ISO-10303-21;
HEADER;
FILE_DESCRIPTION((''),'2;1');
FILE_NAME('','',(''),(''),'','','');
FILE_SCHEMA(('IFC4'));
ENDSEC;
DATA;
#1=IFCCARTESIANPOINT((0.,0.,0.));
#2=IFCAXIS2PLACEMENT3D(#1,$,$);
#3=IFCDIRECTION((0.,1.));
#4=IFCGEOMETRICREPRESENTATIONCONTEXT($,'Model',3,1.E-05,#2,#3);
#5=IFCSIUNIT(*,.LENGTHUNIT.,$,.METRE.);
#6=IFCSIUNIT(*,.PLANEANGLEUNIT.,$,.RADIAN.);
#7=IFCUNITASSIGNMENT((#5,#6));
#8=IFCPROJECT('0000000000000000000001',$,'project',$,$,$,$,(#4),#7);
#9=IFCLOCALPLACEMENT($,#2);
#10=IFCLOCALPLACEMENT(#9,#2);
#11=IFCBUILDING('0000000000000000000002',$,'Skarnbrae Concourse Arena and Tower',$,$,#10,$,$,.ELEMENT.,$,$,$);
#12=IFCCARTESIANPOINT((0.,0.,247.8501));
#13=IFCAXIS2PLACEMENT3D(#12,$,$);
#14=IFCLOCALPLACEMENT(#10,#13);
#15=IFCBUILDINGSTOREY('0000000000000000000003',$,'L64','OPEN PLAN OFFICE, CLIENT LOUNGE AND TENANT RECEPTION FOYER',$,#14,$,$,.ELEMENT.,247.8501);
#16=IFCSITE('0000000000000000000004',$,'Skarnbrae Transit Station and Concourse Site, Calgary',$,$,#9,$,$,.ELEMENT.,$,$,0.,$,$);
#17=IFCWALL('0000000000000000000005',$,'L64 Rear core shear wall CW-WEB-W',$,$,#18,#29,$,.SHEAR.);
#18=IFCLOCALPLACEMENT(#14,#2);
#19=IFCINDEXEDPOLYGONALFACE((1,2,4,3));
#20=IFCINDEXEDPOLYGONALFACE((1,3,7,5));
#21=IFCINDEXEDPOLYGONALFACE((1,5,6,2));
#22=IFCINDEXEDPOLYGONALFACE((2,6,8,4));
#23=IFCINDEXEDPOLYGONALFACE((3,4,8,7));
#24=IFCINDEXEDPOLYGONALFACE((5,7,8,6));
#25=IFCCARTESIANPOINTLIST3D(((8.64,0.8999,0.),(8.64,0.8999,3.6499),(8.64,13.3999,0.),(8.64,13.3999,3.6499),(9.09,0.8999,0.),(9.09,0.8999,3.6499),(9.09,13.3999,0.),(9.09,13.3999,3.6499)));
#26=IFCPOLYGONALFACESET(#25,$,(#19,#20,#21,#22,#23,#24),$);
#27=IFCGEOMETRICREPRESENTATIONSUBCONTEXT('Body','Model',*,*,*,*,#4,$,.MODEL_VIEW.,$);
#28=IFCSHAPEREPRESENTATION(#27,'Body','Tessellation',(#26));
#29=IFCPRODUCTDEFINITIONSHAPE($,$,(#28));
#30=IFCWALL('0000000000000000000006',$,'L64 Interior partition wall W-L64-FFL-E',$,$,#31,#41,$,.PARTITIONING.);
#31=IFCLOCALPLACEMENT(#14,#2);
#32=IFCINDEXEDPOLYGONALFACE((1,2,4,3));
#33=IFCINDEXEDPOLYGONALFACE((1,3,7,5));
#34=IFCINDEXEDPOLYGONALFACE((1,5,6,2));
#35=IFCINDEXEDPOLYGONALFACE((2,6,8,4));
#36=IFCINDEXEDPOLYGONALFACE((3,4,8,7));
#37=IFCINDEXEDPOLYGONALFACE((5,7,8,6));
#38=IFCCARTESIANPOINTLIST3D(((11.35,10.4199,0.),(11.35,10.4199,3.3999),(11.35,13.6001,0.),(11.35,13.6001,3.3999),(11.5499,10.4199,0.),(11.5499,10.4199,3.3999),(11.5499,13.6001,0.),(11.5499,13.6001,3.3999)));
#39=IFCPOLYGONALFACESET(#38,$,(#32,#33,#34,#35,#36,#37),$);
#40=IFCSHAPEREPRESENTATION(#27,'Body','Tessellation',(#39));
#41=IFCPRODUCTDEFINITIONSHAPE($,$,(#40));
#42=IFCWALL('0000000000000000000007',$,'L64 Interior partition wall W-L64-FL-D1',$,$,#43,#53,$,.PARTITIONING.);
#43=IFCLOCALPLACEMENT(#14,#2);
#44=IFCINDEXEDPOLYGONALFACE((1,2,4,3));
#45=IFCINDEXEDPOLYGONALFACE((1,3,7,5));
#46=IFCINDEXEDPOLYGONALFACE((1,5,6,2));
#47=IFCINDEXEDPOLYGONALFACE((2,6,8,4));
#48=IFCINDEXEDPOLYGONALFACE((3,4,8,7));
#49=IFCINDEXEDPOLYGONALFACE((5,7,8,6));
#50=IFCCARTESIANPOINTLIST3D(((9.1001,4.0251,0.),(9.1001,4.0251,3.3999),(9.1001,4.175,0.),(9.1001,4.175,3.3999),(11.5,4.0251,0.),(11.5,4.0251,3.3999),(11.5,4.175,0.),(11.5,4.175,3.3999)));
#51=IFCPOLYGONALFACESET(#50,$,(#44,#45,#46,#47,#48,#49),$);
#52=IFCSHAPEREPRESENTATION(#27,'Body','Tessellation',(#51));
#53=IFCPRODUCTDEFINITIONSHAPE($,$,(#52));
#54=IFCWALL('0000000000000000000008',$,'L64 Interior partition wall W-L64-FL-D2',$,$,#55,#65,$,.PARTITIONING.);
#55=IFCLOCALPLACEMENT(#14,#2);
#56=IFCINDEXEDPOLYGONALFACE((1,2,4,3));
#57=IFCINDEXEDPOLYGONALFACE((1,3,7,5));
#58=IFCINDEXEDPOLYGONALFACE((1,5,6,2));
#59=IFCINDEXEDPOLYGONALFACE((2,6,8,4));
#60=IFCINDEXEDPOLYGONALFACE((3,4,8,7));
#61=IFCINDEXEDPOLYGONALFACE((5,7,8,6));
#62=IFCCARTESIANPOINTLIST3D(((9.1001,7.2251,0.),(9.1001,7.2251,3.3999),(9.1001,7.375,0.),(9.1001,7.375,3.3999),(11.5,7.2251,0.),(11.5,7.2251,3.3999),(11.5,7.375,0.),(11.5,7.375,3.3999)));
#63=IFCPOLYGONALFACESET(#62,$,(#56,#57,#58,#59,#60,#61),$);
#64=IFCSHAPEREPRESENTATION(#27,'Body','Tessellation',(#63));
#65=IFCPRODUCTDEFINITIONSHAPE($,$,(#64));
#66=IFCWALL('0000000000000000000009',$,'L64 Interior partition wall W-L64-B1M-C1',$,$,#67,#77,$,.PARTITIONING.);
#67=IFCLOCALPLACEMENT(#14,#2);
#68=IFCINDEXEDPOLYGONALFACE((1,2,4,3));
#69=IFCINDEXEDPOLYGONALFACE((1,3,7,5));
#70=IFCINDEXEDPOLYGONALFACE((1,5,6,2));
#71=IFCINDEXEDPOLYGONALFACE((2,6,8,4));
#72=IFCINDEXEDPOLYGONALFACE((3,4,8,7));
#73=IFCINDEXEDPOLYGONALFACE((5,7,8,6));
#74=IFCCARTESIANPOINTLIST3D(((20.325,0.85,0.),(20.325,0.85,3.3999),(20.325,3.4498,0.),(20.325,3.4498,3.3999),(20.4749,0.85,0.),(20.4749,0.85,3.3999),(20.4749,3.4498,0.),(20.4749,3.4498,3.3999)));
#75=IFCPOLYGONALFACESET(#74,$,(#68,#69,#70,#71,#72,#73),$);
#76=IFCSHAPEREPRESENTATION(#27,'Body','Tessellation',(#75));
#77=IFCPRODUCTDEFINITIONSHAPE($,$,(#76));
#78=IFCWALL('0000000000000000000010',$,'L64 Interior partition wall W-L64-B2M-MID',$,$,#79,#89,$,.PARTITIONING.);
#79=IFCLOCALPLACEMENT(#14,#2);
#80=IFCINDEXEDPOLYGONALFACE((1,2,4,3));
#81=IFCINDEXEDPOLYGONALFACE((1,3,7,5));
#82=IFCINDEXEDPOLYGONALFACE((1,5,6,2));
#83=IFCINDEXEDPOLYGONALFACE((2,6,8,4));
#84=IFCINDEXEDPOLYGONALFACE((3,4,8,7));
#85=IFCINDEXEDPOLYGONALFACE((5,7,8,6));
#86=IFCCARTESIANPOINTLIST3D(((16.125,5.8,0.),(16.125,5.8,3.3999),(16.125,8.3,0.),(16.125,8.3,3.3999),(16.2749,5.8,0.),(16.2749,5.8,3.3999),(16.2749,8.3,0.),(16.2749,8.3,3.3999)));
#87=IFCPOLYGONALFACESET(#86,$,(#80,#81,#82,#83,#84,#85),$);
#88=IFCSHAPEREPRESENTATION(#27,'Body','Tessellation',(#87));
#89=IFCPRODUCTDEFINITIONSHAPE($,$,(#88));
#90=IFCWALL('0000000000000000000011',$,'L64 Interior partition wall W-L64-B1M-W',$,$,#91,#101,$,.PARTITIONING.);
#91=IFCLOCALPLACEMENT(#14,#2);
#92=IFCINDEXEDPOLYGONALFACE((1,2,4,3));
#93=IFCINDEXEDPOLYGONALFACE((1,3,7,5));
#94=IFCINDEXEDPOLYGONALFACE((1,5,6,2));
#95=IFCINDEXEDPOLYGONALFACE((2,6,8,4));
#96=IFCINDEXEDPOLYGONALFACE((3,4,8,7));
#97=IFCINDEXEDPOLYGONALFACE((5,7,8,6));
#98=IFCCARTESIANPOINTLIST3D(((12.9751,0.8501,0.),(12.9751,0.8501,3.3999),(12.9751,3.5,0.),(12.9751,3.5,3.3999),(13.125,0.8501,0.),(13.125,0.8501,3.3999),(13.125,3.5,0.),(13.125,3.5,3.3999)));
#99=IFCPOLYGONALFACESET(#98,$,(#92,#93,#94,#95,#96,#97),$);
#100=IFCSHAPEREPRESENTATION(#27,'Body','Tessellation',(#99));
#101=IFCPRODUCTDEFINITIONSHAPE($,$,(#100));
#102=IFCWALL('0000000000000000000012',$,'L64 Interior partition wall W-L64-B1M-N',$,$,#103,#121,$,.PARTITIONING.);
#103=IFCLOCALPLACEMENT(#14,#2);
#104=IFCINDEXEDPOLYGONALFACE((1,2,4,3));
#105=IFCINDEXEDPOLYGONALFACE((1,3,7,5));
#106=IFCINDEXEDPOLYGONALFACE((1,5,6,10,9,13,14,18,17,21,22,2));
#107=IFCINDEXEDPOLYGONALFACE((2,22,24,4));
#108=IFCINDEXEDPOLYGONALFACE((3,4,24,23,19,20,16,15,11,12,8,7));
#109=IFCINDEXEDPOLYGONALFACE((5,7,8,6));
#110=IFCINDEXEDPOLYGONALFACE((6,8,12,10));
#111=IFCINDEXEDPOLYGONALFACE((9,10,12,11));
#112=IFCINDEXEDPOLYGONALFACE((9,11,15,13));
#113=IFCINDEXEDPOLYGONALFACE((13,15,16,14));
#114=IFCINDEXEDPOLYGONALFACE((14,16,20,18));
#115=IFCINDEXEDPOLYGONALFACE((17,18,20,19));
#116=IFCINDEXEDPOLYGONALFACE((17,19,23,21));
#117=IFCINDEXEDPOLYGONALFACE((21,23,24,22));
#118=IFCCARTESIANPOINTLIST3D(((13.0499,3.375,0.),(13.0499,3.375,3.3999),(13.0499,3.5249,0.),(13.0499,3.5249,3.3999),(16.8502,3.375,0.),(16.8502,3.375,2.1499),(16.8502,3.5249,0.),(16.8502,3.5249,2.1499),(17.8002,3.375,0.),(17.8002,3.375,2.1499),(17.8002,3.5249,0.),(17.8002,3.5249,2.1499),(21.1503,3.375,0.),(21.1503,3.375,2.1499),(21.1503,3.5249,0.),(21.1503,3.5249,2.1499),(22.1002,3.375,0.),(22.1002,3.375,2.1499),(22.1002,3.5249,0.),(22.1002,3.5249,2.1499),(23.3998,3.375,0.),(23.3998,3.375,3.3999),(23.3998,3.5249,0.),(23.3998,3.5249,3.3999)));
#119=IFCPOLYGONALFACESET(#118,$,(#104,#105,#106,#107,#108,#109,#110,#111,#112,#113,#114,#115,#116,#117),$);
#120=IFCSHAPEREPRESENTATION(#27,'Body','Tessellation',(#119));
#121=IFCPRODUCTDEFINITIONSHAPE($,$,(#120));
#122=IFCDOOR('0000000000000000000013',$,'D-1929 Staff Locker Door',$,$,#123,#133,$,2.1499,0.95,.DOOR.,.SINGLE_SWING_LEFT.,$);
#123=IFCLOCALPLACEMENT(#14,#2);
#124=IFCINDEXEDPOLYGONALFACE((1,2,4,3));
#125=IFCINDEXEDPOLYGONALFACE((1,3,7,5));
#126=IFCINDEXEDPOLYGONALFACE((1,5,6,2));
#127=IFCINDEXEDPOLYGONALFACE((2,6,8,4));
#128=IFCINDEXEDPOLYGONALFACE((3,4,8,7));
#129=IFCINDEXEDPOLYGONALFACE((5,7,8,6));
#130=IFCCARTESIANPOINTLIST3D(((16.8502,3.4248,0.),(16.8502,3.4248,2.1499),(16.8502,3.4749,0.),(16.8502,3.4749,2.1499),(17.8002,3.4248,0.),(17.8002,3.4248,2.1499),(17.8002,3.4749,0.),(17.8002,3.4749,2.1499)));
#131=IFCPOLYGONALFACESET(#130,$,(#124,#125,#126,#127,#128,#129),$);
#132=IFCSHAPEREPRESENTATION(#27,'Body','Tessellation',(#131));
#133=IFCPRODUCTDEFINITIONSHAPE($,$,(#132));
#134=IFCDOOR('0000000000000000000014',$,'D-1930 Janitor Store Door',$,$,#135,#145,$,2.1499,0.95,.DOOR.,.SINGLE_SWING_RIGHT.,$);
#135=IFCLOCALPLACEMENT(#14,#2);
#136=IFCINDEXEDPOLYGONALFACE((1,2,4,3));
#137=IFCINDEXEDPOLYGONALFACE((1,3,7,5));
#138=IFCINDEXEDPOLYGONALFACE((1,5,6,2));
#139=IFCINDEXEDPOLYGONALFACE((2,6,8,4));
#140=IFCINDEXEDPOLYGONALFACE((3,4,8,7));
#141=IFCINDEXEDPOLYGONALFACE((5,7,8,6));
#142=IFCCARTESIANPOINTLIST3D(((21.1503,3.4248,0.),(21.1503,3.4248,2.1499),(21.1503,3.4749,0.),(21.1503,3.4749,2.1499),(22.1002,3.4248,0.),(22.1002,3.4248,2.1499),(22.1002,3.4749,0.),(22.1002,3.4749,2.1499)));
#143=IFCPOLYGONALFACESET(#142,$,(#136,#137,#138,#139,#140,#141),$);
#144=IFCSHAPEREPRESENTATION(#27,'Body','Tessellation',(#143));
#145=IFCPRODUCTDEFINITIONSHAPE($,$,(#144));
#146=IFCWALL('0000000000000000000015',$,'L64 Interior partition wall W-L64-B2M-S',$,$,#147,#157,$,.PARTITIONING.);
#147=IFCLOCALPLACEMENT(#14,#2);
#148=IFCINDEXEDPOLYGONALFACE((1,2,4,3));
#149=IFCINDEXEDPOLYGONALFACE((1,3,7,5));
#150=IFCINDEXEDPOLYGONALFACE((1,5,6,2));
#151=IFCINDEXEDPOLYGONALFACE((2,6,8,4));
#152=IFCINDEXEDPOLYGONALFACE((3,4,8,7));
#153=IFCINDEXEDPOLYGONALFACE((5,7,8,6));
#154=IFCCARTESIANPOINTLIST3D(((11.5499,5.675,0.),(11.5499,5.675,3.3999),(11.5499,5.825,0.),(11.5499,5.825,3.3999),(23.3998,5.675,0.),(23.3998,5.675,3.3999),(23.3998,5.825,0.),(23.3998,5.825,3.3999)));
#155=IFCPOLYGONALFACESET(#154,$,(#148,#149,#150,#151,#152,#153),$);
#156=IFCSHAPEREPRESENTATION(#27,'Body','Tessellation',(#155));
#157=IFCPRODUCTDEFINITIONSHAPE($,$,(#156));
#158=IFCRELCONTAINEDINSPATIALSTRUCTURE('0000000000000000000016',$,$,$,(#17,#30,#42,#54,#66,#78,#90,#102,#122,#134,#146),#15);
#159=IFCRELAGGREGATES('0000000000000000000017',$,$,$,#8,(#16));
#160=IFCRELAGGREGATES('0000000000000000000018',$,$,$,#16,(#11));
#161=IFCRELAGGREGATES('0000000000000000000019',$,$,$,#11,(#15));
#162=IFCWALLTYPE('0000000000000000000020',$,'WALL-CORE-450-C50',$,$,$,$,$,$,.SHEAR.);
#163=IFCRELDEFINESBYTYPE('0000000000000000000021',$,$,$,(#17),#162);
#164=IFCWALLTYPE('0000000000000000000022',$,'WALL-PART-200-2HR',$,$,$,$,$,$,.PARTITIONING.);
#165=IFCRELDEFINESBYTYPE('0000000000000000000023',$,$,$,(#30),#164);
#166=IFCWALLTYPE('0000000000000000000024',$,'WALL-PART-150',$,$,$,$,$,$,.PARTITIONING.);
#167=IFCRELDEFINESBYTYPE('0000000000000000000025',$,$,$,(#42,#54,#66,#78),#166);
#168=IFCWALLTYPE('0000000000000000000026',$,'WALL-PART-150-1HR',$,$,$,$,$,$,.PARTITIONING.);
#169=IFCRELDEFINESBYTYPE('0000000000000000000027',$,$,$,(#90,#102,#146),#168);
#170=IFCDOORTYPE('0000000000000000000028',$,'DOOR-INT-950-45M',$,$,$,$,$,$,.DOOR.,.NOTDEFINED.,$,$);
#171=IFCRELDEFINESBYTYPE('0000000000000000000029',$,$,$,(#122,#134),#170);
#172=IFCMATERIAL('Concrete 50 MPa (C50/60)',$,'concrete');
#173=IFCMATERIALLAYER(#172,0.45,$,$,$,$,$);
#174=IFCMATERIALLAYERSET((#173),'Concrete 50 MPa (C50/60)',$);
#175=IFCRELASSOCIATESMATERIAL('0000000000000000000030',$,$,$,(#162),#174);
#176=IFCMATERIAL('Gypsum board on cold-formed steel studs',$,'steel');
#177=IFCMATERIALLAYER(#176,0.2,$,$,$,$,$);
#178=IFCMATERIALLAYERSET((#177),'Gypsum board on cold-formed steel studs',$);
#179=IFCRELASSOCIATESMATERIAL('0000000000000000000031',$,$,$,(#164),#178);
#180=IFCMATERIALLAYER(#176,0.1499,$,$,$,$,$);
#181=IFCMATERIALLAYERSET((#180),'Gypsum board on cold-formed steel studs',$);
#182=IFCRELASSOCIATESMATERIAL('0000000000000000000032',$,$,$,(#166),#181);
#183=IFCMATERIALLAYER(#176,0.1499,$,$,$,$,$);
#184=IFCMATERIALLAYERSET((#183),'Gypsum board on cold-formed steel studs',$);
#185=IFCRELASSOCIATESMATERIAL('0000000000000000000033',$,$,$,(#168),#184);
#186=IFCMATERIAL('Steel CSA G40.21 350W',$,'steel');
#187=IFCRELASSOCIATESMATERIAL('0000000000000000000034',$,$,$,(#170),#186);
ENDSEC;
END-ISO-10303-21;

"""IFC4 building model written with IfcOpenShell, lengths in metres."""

from ifc_helpers import new_model, si_unit, direction, frame, frame_2d, origin, place, context, subcontext, project, spatial, rectangle, extrude, source, transform, mapped, material, layer, layer_set, type_object, element, fill, save


model = new_model("IFC4")

# Units and contexts
model_context = context("Model", 3, precision=1e-05, world=origin(), true_north=direction((0.0, 1.0)))
body_context = subcontext(model_context, "Body", "Model", "MODEL_VIEW")
ifc_project = project(units=[si_unit("LENGTHUNIT", "METRE"), si_unit("PLANEANGLEUNIT", "RADIAN")], contexts=[model_context])

# Site, building, storey
site_placement = place(None, origin())
site = spatial("IfcSite", under=ifc_project, at=site_placement, Name="Skarnbrae Transit Station and Concourse Site, Calgary", CompositionType="ELEMENT", RefElevation=0.0)
building_placement = place(site_placement, origin())
building = spatial("IfcBuilding", under=site, at=building_placement, Name="Skarnbrae Concourse Arena and Tower", CompositionType="ELEMENT")
storey_placement = place(building_placement, frame((0.0, 0.0, 247.8501)))
storey = spatial("IfcBuildingStorey", under=building, at=storey_placement, Name="L64", Description="OPEN PLAN OFFICE, CLIENT LOUNGE AND TENANT RECEPTION FOYER", CompositionType="ELEMENT", Elevation=247.8501)

# Walls
ifc_material_1 = material(Name="Concrete 50 MPa (C50/60)", Category="concrete")
ifc_layer_1 = layer(ifc_material_1, 0.45)
ifc_layer_set_1 = layer_set([ifc_layer_1], Name="Concrete 50 MPa (C50/60)")
wall_type_1 = type_object("IfcWallType", Name="WALL-CORE-450-C50", PredefinedType="SHEAR", material=ifc_layer_set_1)
shared_shape_1 = source(origin(), body_context, "Body", "SweptSolid", [
    extrude(rectangle(XDim=12.5, YDim=0.45, at=frame_2d((6.25, 0.0))), origin(), (0.0, 0.0, 1.0), 3.6499),
])
wall_1_placement = place(storey_placement, frame((8.865, 0.8999, 0.0), z_axis=(0.0, 0.0, 1.0), x_axis=(0.0, 1.0, 0.0)))
element("IfcWall", 1, at=wall_1_placement, inside=storey, type_object=wall_type_1, Name="L64 Rear core shear wall CW-WEB-W", PredefinedType="SHEAR", context=body_context, shape_type="MappedRepresentation", body=[
    mapped(shared_shape_1, transform((0.0, 0.0, 0.0))),
])
ifc_material_2 = material(Name="Gypsum board on cold-formed steel studs", Category="steel")
ifc_layer_2 = layer(ifc_material_2, 0.2)
ifc_layer_set_2 = layer_set([ifc_layer_2], Name="Gypsum board on cold-formed steel studs")
wall_type_2 = type_object("IfcWallType", Name="WALL-PART-200-2HR", PredefinedType="PARTITIONING", material=ifc_layer_set_2)
shared_shape_2 = source(origin(), body_context, "Body", "SweptSolid", [
    extrude(rectangle(XDim=3.1802, YDim=0.2, at=frame_2d((1.5901, 0.0))), origin(), (0.0, 0.0, 1.0), 3.3999),
])
wall_2_placement = place(storey_placement, frame((11.45, 10.4199, 0.0), z_axis=(0.0, 0.0, 1.0), x_axis=(0.0, 1.0, 0.0)))
element("IfcWall", 2, at=wall_2_placement, inside=storey, type_object=wall_type_2, Name="L64 Interior partition wall W-L64-FFL-E", PredefinedType="PARTITIONING", context=body_context, shape_type="MappedRepresentation", body=[
    mapped(shared_shape_2, transform((0.0, 0.0, 0.0))),
])

# Shared definitions
ifc_material_3 = material(Name="Steel CSA G40.21 350W", Category="steel")

# Walls
ifc_layer_3 = layer(ifc_material_2, 0.1499)
ifc_layer_set_3 = layer_set([ifc_layer_3], Name="Gypsum board on cold-formed steel studs")
wall_type_3 = type_object("IfcWallType", Name="WALL-PART-150", PredefinedType="PARTITIONING", material=ifc_layer_set_3)
shared_shape_3 = source(origin(), body_context, "Body", "SweptSolid", [
    extrude(rectangle(XDim=2.3999, YDim=0.1499, at=frame_2d((1.2, 0.0))), origin(), (0.0, 0.0, 1.0), 3.3999),
])
for number, where, z_axis, x_axis, name in (
    (3, (9.1001, 4.1001, 0.0), (0.0, 0.0, 1.0), (1.0, 0.0, 0.0), "L64 Interior partition wall W-L64-FL-D1"),
    (4, (9.1001, 7.3, 0.0), (0.0, 0.0, 1.0), (1.0, 0.0, 0.0), "L64 Interior partition wall W-L64-FL-D2"),
):
    element("IfcWall", number, at=place(storey_placement, frame(where, z_axis=z_axis, x_axis=x_axis)), inside=storey, type_object=wall_type_3, Name=name, PredefinedType="PARTITIONING", context=body_context, shape_type="MappedRepresentation", body=[
        mapped(shared_shape_3, transform((0.0, 0.0, 0.0))),
    ])
shared_shape_4 = source(origin(), body_context, "Body", "SweptSolid", [
    extrude(rectangle(XDim=2.5999, YDim=0.1499, at=frame_2d((1.2998, 0.0))), origin(), (0.0, 0.0, 1.0), 3.3999),
])
wall_3_placement = place(storey_placement, frame((20.3999, 0.8501, 0.0), z_axis=(0.0, 0.0, 1.0), x_axis=(0.0, 1.0, 0.0)))
element("IfcWall", 5, at=wall_3_placement, inside=storey, type_object=wall_type_3, Name="L64 Interior partition wall W-L64-B1M-C1", PredefinedType="PARTITIONING", context=body_context, shape_type="MappedRepresentation", body=[
    mapped(shared_shape_4, transform((0.0, 0.0, 0.0))),
])
shared_shape_5 = source(origin(), body_context, "Body", "SweptSolid", [
    extrude(rectangle(XDim=2.5, YDim=0.1499, at=frame_2d((1.25, 0.0))), origin(), (0.0, 0.0, 1.0), 3.3999),
])
wall_4_placement = place(storey_placement, frame((16.2, 5.8, 0.0), z_axis=(0.0, 0.0, 1.0), x_axis=(0.0, 1.0, 0.0)))
element("IfcWall", 6, at=wall_4_placement, inside=storey, type_object=wall_type_3, Name="L64 Interior partition wall W-L64-B2M-MID", PredefinedType="PARTITIONING", context=body_context, shape_type="MappedRepresentation", body=[
    mapped(shared_shape_5, transform((0.0, 0.0, 0.0))),
])
ifc_layer_4 = layer(ifc_material_2, 0.1499)
ifc_layer_set_4 = layer_set([ifc_layer_4], Name="Gypsum board on cold-formed steel studs")
wall_type_4 = type_object("IfcWallType", Name="WALL-PART-150-1HR", PredefinedType="PARTITIONING", material=ifc_layer_set_4)
shared_shape_6 = source(origin(), body_context, "Body", "SweptSolid", [
    extrude(rectangle(XDim=2.6499, YDim=0.1499, at=frame_2d((1.325, 0.0))), origin(), (0.0, 0.0, 1.0), 3.3999),
])
wall_5_placement = place(storey_placement, frame((13.05, 0.8501, 0.0), z_axis=(0.0, 0.0, 1.0), x_axis=(0.0, 1.0, 0.0)))
element("IfcWall", 7, at=wall_5_placement, inside=storey, type_object=wall_type_4, Name="L64 Interior partition wall W-L64-B1M-W", PredefinedType="PARTITIONING", context=body_context, shape_type="MappedRepresentation", body=[
    mapped(shared_shape_6, transform((0.0, 0.0, 0.0))),
])

# Wall, openings, doors
shared_shape_7 = source(origin(), body_context, "Body", "SweptSolid", [
    extrude(rectangle(XDim=10.3499, YDim=0.1499, at=frame_2d((5.1748, 0.0))), origin(), (0.0, 0.0, 1.0), 3.3999),
])
wall_6_placement = place(storey_placement, frame((13.05, 3.45, 0.0), z_axis=(0.0, 0.0, 1.0), x_axis=(1.0, 0.0, 0.0)))
wall_6 = element("IfcWall", 8, at=wall_6_placement, inside=storey, type_object=wall_type_4, Name="L64 Interior partition wall W-L64-B1M-N", PredefinedType="PARTITIONING", context=body_context, shape_type="MappedRepresentation", body=[
    mapped(shared_shape_7, transform((0.0, 0.0, 0.0))),
])
opening_1_placement = place(wall_6_placement, frame((3.8, 0.0, 0.0)))
opening_1 = element("IfcOpeningElement", 9, at=opening_1_placement, cuts=wall_6, PredefinedType="OPENING", context=body_context, shape_type="SweptSolid", body=[
    extrude(rectangle(XDim=0.95, YDim=2.1499, at=frame_2d((0.4751, 1.075))), frame((0.0, 0.085, 0.0), z_axis=(0.0, -1.0, 0.0), x_axis=(1.0, 0.0, 0.0)), (0.0, 0.0, 1.0), 0.1699),
])
opening_2_placement = place(wall_6_placement, frame((8.1001, 0.0, 0.0)))
opening_2 = element("IfcOpeningElement", 10, at=opening_2_placement, cuts=wall_6, PredefinedType="OPENING", context=body_context, shape_type="SweptSolid", body=[
    extrude(rectangle(XDim=0.95, YDim=2.1499, at=frame_2d((0.4751, 1.075))), frame((0.0, 0.085, 0.0), z_axis=(0.0, -1.0, 0.0), x_axis=(1.0, 0.0, 0.0)), (0.0, 0.0, 1.0), 0.1699),
])
door_type_1 = type_object("IfcDoorType", Name="DOOR-INT-950-45M", OperationType="NOTDEFINED", PredefinedType="DOOR", material=ifc_material_3)
shared_shape_8 = source(origin(), body_context, "Body", "SweptSolid", [
    extrude(rectangle(XDim=0.95, YDim=2.1499, at=frame_2d((0.4751, 1.075))), frame((0.0, 0.0249, 0.0), z_axis=(0.0, -1.0, 0.0), x_axis=(1.0, 0.0, 0.0)), (0.0, 0.0, 1.0), 0.05),
])
door_1_placement = place(opening_1_placement, origin())
door_1 = element("IfcDoor", 11, at=door_1_placement, inside=storey, type_object=door_type_1, Name="D-1929 Staff Locker Door", OperationType="SINGLE_SWING_LEFT", OverallHeight=2.1499, OverallWidth=0.95, PredefinedType="DOOR", context=body_context, shape_type="MappedRepresentation", body=[
    mapped(shared_shape_8, transform((0.0, 0.0, 0.0))),
])
fill(opening_1, door_1)
door_2_placement = place(opening_2_placement, origin())
door_2 = element("IfcDoor", 12, at=door_2_placement, inside=storey, type_object=door_type_1, Name="D-1930 Janitor Store Door", OperationType="SINGLE_SWING_RIGHT", OverallHeight=2.1499, OverallWidth=0.95, PredefinedType="DOOR", context=body_context, shape_type="MappedRepresentation", body=[
    mapped(shared_shape_8, transform((0.0, 0.0, 0.0))),
])
fill(opening_2, door_2)

# Wall
shared_shape_9 = source(origin(), body_context, "Body", "SweptSolid", [
    extrude(rectangle(XDim=11.8499, YDim=0.1499, at=frame_2d((5.9248, 0.0))), origin(), (0.0, 0.0, 1.0), 3.3999),
])
wall_7_placement = place(storey_placement, frame((11.55, 5.75, 0.0), z_axis=(0.0, 0.0, 1.0), x_axis=(1.0, 0.0, 0.0)))
element("IfcWall", 13, at=wall_7_placement, inside=storey, type_object=wall_type_4, Name="L64 Interior partition wall W-L64-B2M-S", PredefinedType="PARTITIONING", context=body_context, shape_type="MappedRepresentation", body=[
    mapped(shared_shape_9, transform((0.0, 0.0, 0.0))),
])

save(model, "model.ifc")
